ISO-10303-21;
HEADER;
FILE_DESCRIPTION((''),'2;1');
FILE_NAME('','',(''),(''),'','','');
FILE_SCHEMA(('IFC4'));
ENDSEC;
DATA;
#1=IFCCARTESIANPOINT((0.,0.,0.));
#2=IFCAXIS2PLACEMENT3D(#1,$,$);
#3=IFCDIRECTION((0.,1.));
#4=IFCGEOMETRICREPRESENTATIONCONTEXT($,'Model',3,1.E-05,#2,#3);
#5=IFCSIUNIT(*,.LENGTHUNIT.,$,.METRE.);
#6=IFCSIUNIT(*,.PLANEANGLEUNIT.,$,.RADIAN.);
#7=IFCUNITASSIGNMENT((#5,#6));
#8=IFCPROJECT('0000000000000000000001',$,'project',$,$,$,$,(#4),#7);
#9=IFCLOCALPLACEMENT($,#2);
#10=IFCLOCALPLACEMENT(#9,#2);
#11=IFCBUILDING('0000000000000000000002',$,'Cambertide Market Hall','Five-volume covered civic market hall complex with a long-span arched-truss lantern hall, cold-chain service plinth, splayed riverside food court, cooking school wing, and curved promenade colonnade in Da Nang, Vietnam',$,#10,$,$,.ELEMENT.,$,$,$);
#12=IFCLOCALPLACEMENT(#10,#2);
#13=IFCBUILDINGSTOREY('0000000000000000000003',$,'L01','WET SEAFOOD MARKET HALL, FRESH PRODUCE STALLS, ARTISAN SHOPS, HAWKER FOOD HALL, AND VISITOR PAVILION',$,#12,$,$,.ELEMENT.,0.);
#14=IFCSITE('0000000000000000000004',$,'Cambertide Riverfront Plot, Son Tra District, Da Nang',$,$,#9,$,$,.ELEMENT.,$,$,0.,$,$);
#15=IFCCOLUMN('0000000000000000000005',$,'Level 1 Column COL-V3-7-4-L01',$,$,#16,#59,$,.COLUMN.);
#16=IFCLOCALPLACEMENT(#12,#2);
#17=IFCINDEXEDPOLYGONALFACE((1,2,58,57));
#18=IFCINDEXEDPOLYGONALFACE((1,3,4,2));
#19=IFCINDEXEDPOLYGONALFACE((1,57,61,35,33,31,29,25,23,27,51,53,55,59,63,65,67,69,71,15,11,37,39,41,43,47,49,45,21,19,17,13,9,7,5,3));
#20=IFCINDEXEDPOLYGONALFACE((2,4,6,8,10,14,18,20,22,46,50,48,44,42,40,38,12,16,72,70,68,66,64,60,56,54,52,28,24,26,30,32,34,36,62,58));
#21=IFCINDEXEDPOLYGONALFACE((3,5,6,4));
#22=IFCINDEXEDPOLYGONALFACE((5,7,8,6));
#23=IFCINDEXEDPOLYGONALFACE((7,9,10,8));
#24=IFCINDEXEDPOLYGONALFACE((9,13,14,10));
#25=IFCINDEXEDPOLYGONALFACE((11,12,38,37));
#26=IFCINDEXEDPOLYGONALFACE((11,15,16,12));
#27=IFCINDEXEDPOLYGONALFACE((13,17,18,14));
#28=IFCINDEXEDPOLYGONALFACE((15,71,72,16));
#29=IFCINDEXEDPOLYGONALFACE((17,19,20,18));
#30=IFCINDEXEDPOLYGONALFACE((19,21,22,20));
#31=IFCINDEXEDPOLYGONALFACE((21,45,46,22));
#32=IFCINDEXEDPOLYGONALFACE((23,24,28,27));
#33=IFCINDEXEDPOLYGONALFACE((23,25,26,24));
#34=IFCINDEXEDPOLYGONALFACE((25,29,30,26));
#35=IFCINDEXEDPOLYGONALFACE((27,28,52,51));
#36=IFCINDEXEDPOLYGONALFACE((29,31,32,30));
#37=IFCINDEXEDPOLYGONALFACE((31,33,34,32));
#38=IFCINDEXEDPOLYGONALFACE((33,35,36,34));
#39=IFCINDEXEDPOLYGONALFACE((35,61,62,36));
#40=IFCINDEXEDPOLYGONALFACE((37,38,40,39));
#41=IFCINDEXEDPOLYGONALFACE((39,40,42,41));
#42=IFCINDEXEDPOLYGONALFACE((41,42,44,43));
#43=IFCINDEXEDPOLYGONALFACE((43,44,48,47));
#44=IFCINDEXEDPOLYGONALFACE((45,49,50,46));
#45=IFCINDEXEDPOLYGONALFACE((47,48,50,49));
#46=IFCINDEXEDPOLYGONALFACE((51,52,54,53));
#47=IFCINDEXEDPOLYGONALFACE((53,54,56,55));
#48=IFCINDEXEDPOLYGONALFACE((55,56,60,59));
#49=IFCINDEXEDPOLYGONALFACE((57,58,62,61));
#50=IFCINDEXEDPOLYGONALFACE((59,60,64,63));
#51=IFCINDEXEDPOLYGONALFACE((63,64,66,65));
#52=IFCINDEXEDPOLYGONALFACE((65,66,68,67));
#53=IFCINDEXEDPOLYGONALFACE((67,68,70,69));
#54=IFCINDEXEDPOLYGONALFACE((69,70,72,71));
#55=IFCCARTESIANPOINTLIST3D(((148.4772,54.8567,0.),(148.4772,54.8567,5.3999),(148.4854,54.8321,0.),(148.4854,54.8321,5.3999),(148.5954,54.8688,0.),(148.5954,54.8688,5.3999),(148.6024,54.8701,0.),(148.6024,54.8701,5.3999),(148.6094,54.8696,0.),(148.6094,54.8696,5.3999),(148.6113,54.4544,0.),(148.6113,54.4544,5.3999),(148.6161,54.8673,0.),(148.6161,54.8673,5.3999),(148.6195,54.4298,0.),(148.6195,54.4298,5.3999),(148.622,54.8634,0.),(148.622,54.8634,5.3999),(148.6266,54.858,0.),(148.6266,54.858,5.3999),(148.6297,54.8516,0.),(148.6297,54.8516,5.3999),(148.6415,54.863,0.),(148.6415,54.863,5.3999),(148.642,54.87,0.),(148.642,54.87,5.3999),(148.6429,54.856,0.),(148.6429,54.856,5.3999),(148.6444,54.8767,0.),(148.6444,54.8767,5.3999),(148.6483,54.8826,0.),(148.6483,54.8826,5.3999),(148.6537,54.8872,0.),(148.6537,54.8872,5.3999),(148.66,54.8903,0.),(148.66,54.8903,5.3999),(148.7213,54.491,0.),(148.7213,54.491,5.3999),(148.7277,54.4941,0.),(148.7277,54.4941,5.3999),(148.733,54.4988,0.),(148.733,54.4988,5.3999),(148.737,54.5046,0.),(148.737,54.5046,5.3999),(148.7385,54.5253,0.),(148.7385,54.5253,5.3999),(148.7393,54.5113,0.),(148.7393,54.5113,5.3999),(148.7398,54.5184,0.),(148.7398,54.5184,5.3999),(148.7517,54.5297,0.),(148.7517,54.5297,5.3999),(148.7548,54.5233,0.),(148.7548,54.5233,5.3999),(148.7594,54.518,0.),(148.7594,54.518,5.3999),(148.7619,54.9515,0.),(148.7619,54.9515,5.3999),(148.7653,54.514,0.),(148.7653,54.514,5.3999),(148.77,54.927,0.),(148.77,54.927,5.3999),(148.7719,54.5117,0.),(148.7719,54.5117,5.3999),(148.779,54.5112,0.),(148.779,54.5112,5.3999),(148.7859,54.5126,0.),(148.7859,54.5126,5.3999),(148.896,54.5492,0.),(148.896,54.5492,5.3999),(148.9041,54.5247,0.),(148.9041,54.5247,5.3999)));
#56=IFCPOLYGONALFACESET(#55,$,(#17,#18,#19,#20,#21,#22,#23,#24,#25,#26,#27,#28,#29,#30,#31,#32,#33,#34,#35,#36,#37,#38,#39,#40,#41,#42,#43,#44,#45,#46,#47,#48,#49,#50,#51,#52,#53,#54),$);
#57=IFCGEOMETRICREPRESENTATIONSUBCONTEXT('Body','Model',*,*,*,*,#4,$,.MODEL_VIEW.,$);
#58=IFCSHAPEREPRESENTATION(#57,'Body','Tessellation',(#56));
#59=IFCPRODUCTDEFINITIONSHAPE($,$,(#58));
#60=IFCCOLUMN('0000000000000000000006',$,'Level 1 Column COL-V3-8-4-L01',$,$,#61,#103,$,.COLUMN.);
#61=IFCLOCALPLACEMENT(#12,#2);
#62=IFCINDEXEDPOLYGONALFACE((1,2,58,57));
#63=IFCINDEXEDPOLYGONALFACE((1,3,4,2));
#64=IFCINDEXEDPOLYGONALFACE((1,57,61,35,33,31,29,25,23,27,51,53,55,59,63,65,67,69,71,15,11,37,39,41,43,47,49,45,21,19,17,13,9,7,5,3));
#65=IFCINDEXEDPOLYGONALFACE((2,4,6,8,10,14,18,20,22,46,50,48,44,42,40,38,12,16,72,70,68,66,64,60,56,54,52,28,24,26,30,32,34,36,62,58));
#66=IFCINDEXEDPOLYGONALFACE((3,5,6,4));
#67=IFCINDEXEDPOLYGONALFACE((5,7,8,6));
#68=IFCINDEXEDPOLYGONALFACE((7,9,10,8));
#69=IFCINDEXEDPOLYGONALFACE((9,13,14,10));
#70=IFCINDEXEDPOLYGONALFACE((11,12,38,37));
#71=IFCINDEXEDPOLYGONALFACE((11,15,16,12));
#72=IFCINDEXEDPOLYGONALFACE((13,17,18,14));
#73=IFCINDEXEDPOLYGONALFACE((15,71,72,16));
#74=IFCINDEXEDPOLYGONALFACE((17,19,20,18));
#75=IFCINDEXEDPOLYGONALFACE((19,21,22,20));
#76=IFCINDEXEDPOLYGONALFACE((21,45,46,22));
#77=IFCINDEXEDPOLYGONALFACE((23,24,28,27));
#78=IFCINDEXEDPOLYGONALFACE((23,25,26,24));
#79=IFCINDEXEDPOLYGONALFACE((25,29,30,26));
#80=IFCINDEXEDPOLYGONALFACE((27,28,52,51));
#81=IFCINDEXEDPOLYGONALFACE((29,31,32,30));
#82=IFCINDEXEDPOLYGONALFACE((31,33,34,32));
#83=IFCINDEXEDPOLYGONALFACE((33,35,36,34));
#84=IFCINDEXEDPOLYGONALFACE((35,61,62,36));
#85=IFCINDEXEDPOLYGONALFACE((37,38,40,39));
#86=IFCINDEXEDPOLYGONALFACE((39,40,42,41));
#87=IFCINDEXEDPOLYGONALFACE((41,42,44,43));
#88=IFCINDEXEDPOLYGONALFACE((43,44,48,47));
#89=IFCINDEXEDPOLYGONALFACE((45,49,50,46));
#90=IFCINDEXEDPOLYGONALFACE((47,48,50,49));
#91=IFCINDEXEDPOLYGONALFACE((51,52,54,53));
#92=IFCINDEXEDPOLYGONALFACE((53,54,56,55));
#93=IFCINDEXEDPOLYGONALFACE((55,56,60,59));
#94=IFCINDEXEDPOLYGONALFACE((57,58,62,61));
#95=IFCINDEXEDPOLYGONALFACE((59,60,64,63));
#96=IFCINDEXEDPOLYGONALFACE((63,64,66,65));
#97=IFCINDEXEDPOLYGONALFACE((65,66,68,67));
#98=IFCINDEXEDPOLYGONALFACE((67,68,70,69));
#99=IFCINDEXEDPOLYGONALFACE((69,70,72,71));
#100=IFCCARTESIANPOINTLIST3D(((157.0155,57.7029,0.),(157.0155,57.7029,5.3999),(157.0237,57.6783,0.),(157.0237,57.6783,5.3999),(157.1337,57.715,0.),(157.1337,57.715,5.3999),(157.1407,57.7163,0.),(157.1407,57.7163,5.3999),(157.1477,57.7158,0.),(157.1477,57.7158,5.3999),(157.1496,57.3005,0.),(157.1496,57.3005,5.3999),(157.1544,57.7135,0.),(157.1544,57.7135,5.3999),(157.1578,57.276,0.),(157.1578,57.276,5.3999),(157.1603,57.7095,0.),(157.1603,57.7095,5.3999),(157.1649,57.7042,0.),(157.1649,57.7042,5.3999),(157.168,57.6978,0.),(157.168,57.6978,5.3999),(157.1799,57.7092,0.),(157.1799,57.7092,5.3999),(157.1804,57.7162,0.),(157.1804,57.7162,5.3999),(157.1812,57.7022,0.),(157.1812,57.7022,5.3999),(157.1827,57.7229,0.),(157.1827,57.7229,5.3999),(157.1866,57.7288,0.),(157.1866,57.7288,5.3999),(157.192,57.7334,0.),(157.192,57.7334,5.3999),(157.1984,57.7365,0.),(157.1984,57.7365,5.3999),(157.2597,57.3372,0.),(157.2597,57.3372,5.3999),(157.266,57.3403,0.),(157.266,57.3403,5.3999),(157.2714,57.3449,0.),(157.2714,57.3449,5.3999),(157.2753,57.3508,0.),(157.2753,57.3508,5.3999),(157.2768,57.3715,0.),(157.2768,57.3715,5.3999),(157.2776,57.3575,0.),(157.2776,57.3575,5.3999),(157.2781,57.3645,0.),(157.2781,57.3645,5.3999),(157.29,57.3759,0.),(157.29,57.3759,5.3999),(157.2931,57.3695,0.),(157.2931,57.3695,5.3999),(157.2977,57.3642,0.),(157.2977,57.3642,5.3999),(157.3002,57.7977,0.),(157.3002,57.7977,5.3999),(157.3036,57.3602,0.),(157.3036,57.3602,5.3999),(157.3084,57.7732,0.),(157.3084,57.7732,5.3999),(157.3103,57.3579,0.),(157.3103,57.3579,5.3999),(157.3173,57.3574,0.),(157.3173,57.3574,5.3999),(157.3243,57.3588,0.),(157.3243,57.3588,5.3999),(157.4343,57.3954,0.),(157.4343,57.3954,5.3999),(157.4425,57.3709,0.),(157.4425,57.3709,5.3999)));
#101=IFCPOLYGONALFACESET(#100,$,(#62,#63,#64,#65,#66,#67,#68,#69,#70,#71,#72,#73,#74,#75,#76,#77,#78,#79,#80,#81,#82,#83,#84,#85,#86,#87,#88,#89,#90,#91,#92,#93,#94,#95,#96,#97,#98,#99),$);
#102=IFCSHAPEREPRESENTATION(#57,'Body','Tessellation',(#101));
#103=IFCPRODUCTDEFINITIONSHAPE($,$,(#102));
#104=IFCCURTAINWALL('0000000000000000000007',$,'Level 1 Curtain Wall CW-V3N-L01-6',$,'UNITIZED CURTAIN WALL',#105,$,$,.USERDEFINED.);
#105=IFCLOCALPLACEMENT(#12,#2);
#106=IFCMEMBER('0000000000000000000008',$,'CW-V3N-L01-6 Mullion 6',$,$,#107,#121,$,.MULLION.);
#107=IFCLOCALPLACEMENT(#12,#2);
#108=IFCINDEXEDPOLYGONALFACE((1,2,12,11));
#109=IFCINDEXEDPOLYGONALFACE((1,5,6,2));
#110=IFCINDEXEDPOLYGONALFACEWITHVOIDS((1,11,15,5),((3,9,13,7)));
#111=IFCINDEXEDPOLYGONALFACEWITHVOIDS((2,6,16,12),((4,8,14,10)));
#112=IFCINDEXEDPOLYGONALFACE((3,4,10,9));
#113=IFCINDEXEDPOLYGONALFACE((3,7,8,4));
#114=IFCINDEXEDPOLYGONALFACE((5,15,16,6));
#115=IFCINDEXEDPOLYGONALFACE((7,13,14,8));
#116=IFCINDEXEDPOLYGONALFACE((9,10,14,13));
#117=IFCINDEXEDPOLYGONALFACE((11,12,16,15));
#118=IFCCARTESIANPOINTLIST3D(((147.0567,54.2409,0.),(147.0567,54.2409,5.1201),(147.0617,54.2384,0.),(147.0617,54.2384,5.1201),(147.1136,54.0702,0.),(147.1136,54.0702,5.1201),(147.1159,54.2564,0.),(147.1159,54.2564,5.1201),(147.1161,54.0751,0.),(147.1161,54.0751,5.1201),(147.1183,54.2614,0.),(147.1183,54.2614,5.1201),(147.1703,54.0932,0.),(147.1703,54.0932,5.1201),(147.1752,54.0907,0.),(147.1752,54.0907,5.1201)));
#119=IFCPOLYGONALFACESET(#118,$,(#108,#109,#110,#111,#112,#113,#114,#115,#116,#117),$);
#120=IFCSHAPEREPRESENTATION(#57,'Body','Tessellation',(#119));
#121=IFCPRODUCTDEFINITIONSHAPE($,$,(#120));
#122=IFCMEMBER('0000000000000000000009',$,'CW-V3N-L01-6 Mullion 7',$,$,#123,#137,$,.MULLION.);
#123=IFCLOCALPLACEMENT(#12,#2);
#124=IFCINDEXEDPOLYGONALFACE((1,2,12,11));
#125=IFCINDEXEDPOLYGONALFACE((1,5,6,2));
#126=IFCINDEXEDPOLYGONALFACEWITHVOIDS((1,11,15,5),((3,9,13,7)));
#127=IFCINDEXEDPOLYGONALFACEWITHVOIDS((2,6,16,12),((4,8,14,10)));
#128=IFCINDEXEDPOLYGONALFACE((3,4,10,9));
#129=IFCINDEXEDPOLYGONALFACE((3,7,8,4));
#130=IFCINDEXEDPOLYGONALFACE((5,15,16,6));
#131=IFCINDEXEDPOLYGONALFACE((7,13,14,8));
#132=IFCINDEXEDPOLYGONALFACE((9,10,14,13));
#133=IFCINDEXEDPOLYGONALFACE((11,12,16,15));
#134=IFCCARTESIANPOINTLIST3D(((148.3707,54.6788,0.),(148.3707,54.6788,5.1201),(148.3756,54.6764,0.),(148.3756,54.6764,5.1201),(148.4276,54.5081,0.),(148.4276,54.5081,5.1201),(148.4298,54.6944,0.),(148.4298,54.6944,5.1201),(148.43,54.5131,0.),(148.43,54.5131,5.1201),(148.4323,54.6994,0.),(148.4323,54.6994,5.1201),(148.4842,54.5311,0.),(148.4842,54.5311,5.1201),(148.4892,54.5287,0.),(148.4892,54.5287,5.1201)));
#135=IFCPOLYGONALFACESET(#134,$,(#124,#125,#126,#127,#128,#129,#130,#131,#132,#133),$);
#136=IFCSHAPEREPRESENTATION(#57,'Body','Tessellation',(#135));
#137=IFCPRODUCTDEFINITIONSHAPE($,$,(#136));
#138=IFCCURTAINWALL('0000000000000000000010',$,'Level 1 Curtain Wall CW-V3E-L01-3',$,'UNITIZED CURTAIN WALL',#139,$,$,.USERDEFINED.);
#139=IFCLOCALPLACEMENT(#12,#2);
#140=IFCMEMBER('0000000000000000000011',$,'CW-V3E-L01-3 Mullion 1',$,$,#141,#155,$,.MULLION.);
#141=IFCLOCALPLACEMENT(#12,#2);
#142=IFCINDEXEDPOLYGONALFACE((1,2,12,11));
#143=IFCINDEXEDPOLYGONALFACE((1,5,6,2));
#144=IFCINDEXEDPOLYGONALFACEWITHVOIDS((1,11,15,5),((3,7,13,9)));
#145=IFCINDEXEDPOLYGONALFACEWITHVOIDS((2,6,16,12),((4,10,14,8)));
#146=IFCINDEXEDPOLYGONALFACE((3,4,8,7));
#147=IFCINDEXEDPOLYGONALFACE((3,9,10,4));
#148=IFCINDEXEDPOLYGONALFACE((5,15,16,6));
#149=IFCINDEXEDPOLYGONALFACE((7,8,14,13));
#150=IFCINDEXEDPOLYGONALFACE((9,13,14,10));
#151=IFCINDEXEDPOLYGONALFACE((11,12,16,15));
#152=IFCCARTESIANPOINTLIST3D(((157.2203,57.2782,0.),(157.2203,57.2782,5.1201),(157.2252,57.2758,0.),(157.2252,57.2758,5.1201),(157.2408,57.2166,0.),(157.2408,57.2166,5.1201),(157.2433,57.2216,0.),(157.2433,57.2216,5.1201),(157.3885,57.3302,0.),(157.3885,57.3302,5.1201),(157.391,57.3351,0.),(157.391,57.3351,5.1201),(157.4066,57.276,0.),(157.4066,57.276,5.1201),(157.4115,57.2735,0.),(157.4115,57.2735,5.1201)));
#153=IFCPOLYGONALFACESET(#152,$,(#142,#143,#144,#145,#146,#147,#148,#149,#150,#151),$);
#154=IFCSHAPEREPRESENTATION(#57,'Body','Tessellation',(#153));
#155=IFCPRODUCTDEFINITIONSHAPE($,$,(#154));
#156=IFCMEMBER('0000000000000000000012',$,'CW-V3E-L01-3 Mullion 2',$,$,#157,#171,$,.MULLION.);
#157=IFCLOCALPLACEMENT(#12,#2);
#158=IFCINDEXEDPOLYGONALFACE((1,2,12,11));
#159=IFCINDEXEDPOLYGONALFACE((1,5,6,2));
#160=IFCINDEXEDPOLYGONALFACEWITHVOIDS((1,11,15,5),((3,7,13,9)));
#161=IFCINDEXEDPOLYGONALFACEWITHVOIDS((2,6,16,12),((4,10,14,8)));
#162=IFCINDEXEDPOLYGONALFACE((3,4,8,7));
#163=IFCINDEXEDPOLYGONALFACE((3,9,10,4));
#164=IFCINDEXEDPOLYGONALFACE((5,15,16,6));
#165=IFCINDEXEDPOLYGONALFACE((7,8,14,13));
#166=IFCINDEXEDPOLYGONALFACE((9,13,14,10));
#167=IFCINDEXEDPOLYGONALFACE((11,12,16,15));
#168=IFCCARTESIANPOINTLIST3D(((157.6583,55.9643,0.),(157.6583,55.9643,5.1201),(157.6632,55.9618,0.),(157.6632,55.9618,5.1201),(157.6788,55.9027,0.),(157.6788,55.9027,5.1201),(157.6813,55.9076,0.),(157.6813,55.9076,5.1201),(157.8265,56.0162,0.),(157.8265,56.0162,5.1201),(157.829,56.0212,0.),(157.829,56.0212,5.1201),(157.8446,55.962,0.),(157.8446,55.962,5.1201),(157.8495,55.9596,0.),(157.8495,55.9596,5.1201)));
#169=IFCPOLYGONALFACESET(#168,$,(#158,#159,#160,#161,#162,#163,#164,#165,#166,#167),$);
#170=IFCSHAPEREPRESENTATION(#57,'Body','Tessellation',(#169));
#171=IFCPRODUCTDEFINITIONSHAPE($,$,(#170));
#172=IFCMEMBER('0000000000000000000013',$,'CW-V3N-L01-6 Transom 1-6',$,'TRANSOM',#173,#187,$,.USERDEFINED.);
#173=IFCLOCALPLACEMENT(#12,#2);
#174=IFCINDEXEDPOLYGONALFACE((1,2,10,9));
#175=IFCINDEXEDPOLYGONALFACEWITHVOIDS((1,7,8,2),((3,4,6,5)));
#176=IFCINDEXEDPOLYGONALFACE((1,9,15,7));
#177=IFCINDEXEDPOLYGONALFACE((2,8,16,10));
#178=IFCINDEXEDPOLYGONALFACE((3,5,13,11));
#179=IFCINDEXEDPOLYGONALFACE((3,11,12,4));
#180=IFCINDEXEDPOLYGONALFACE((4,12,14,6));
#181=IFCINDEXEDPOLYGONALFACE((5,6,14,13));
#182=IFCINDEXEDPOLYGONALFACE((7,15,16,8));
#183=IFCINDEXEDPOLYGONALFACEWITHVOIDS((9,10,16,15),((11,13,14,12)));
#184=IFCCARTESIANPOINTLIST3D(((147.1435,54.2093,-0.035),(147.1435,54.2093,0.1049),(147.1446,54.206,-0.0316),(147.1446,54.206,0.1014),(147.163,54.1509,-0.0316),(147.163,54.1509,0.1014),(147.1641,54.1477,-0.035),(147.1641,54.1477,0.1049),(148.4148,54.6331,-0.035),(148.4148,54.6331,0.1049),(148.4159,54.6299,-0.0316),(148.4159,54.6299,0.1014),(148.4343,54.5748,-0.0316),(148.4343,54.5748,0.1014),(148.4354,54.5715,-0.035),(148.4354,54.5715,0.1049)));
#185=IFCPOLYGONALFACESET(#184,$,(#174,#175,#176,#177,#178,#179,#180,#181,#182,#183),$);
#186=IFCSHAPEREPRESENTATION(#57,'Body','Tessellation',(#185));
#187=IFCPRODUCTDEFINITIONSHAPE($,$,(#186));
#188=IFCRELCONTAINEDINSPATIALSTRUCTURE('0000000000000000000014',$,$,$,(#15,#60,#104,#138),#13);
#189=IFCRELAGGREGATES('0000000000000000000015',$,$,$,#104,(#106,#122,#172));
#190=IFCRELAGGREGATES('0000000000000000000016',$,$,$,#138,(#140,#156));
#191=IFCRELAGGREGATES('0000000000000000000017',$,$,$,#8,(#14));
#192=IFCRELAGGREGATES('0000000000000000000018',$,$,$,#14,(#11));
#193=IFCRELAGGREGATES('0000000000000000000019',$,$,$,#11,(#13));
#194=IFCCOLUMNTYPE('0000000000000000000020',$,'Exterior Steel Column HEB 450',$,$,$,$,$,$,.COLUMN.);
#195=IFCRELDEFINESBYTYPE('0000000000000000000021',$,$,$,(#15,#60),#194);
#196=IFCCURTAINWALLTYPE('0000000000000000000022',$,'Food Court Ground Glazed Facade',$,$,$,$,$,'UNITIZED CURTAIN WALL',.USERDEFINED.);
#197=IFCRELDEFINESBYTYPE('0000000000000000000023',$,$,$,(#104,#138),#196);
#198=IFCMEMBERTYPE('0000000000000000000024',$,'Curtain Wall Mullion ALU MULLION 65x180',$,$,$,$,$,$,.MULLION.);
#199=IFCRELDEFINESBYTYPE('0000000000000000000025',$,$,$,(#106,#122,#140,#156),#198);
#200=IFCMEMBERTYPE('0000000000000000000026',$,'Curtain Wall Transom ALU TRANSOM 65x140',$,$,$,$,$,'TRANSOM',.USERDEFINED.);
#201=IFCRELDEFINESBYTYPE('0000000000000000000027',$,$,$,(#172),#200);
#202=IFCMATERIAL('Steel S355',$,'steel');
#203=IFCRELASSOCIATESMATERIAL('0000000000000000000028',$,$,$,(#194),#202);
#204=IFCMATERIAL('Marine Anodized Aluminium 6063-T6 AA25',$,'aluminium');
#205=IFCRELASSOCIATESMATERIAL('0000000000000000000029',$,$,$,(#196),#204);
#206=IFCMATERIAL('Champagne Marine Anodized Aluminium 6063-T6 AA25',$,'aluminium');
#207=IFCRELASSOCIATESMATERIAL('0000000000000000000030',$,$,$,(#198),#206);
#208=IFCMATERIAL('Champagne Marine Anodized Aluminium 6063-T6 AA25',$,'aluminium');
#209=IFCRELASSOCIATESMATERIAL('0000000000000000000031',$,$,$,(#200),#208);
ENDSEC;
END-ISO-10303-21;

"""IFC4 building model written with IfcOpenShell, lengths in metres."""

from ifc_helpers import new_model, si_unit, direction, frame, origin, origin_2d, place, context, subcontext, project, spatial, hollow_rectangle, i_section, extrude, material, material_profile, profile_set, type_object, element, aggregate, save


model = new_model("IFC4")

# Units and contexts
model_context = context("Model", 3, precision=1e-05, world=origin(), true_north=direction((0.0, 1.0)))
body_context = subcontext(model_context, "Body", "Model", "MODEL_VIEW")
ifc_project = project(units=[si_unit("LENGTHUNIT", "METRE"), si_unit("PLANEANGLEUNIT", "RADIAN")], contexts=[model_context])

# Site, building, storey
site_placement = place(None, origin())
site = spatial("IfcSite", under=ifc_project, at=site_placement, Name="Cambertide Riverfront Plot, Son Tra District, Da Nang", CompositionType="ELEMENT", RefElevation=0.0)
building_placement = place(site_placement, origin())
building = spatial("IfcBuilding", under=site, at=building_placement, Name="Cambertide Market Hall", Description="Five-volume covered civic market hall complex with a long-span arched-truss lantern hall, cold-chain service plinth, splayed riverside food court, cooking school wing, and curved promenade colonnade in Da Nang, Vietnam", CompositionType="ELEMENT")
storey_placement = place(building_placement, origin())
storey = spatial("IfcBuildingStorey", under=building, at=storey_placement, Name="L01", Description="WET SEAFOOD MARKET HALL, FRESH PRODUCE STALLS, ARTISAN SHOPS, HAWKER FOOD HALL, AND VISITOR PAVILION", CompositionType="ELEMENT", Elevation=0.0)

# Columns
ifc_material_1 = material(Name="Steel S355", Category="steel")
ifc_material_profile_1 = material_profile(ifc_material_1, i_section(OverallWidth=0.3, OverallDepth=0.45, WebThickness=0.0139, FlangeThickness=0.0259, FilletRadius=0.0271, at=origin_2d()), Name="HEB 450")
ifc_profile_set_1 = profile_set([ifc_material_profile_1], Name="Steel S355")
column_type = type_object("IfcColumnType", Name="Exterior Steel Column HEB 450", PredefinedType="COLUMN", material=ifc_profile_set_1)
for number, where, z_axis, x_axis, name in (
    (1, (148.6907, 54.6907, 0.0), (0.0, 0.0, 1.0), (0.948683, 0.316228, 0.0), "Level 1 Column COL-V3-7-4-L01"),
    (2, (157.229, 57.5369, 0.0), (0.0, 0.0, 1.0), (0.948683, 0.316228, 0.0), "Level 1 Column COL-V3-8-4-L01"),
):
    element("IfcColumn", number, at=place(storey_placement, frame(where, z_axis=z_axis, x_axis=x_axis)), inside=storey, type_object=column_type, Name=name, PredefinedType="COLUMN", context=body_context, shape_type="SweptSolid", body=[
        extrude(i_section(OverallWidth=0.3, OverallDepth=0.45, WebThickness=0.0139, FlangeThickness=0.0259, FilletRadius=0.0271, at=origin_2d()), origin(), (0.0, 0.0, 1.0), 5.3999),
    ])

# Curtain walls, members
ifc_material_2 = material(Name="Marine Anodized Aluminium 6063-T6 AA25", Category="aluminium")
curtain_wall_type = type_object("IfcCurtainWallType", Name="Food Court Ground Glazed Facade", ElementType="UNITIZED CURTAIN WALL", PredefinedType="USERDEFINED", material=ifc_material_2)
curtain_wall_1_placement = place(storey_placement, origin())
curtain_wall_1 = element("IfcCurtainWall", 3, at=curtain_wall_1_placement, inside=storey, type_object=curtain_wall_type, Name="Level 1 Curtain Wall CW-V3N-L01-6", ObjectType="UNITIZED CURTAIN WALL", PredefinedType="USERDEFINED")
ifc_material_3 = material(Name="Champagne Marine Anodized Aluminium 6063-T6 AA25", Category="aluminium")
ifc_material_profile_2 = material_profile(ifc_material_3, hollow_rectangle(XDim=0.0649, YDim=0.1799, WallThickness=0.0039, at=origin_2d()), Name="ALU MULLION 65x180")
ifc_profile_set_2 = profile_set([ifc_material_profile_2], Name="Champagne Marine Anodized Aluminium 6063-T6 AA25")
member_type_1 = type_object("IfcMemberType", Name="Curtain Wall Mullion ALU MULLION 65x180", PredefinedType="MULLION", material=ifc_profile_set_2)
member_1_placement = place(storey_placement, frame((147.116, 54.1658, 0.0), z_axis=(0.0, 0.0, 1.0), x_axis=(0.948683, 0.316228, 0.0)))
member_1 = element("IfcMember", 4, at=member_1_placement, type_object=member_type_1, Name="CW-V3N-L01-6 Mullion 6", PredefinedType="MULLION", context=body_context, shape_type="SweptSolid", body=[
    extrude(hollow_rectangle(XDim=0.0649, YDim=0.1799, WallThickness=0.0039, at=origin_2d()), origin(), (0.0, 0.0, 1.0), 5.1201),
])
member_2_placement = place(storey_placement, frame((148.4299, 54.6038, 0.0), z_axis=(0.0, 0.0, 1.0), x_axis=(0.948683, 0.316228, 0.0)))
member_2 = element("IfcMember", 5, at=member_2_placement, type_object=member_type_1, Name="CW-V3N-L01-6 Mullion 7", PredefinedType="MULLION", context=body_context, shape_type="SweptSolid", body=[
    extrude(hollow_rectangle(XDim=0.0649, YDim=0.1799, WallThickness=0.0039, at=origin_2d()), origin(), (0.0, 0.0, 1.0), 5.1201),
])
curtain_wall_2_placement = place(storey_placement, origin())
curtain_wall_2 = element("IfcCurtainWall", 6, at=curtain_wall_2_placement, inside=storey, type_object=curtain_wall_type, Name="Level 1 Curtain Wall CW-V3E-L01-3", ObjectType="UNITIZED CURTAIN WALL", PredefinedType="USERDEFINED")
member_3_placement = place(storey_placement, frame((157.3159, 57.2759, 0.0), z_axis=(0.0, 0.0, 1.0), x_axis=(0.316228, -0.948683, 0.0)))
member_3 = element("IfcMember", 7, at=member_3_placement, type_object=member_type_1, Name="CW-V3E-L01-3 Mullion 1", PredefinedType="MULLION", context=body_context, shape_type="SweptSolid", body=[
    extrude(hollow_rectangle(XDim=0.0649, YDim=0.1799, WallThickness=0.0039, at=origin_2d()), origin(), (0.0, 0.0, 1.0), 5.1201),
])
member_4_placement = place(storey_placement, frame((157.7539, 55.9619, 0.0), z_axis=(0.0, 0.0, 1.0), x_axis=(0.316228, -0.948683, 0.0)))
member_4 = element("IfcMember", 8, at=member_4_placement, type_object=member_type_1, Name="CW-V3E-L01-3 Mullion 2", PredefinedType="MULLION", context=body_context, shape_type="SweptSolid", body=[
    extrude(hollow_rectangle(XDim=0.0649, YDim=0.1799, WallThickness=0.0039, at=origin_2d()), origin(), (0.0, 0.0, 1.0), 5.1201),
])

# Member
ifc_material_4 = material(Name="Champagne Marine Anodized Aluminium 6063-T6 AA25", Category="aluminium")
ifc_material_profile_3 = material_profile(ifc_material_4, hollow_rectangle(XDim=0.0649, YDim=0.1399, WallThickness=0.0034, at=origin_2d()), Name="ALU TRANSOM 65x140")
ifc_profile_set_3 = profile_set([ifc_material_profile_3], Name="Champagne Marine Anodized Aluminium 6063-T6 AA25")
member_type_2 = type_object("IfcMemberType", Name="Curtain Wall Transom ALU TRANSOM 65x140", ElementType="TRANSOM", PredefinedType="USERDEFINED", material=ifc_profile_set_3)
member_5_placement = place(storey_placement, frame((147.1538, 54.1785, 0.0349), z_axis=(0.948665, 0.316282, 0.0), x_axis=(-0.316282, 0.948665, 0.0)))
member_5 = element("IfcMember", 9, at=member_5_placement, type_object=member_type_2, Name="CW-V3N-L01-6 Transom 1-6", ObjectType="TRANSOM", PredefinedType="USERDEFINED", context=body_context, shape_type="SweptSolid", body=[
    extrude(hollow_rectangle(XDim=0.0649, YDim=0.1399, WallThickness=0.0034, at=origin_2d()), origin(), (0.0, 0.0, 1.0), 1.3401),
])

aggregate(curtain_wall_1, [member_1, member_2, member_5])
aggregate(curtain_wall_2, [member_3, member_4])

save(model, "model.ifc")
